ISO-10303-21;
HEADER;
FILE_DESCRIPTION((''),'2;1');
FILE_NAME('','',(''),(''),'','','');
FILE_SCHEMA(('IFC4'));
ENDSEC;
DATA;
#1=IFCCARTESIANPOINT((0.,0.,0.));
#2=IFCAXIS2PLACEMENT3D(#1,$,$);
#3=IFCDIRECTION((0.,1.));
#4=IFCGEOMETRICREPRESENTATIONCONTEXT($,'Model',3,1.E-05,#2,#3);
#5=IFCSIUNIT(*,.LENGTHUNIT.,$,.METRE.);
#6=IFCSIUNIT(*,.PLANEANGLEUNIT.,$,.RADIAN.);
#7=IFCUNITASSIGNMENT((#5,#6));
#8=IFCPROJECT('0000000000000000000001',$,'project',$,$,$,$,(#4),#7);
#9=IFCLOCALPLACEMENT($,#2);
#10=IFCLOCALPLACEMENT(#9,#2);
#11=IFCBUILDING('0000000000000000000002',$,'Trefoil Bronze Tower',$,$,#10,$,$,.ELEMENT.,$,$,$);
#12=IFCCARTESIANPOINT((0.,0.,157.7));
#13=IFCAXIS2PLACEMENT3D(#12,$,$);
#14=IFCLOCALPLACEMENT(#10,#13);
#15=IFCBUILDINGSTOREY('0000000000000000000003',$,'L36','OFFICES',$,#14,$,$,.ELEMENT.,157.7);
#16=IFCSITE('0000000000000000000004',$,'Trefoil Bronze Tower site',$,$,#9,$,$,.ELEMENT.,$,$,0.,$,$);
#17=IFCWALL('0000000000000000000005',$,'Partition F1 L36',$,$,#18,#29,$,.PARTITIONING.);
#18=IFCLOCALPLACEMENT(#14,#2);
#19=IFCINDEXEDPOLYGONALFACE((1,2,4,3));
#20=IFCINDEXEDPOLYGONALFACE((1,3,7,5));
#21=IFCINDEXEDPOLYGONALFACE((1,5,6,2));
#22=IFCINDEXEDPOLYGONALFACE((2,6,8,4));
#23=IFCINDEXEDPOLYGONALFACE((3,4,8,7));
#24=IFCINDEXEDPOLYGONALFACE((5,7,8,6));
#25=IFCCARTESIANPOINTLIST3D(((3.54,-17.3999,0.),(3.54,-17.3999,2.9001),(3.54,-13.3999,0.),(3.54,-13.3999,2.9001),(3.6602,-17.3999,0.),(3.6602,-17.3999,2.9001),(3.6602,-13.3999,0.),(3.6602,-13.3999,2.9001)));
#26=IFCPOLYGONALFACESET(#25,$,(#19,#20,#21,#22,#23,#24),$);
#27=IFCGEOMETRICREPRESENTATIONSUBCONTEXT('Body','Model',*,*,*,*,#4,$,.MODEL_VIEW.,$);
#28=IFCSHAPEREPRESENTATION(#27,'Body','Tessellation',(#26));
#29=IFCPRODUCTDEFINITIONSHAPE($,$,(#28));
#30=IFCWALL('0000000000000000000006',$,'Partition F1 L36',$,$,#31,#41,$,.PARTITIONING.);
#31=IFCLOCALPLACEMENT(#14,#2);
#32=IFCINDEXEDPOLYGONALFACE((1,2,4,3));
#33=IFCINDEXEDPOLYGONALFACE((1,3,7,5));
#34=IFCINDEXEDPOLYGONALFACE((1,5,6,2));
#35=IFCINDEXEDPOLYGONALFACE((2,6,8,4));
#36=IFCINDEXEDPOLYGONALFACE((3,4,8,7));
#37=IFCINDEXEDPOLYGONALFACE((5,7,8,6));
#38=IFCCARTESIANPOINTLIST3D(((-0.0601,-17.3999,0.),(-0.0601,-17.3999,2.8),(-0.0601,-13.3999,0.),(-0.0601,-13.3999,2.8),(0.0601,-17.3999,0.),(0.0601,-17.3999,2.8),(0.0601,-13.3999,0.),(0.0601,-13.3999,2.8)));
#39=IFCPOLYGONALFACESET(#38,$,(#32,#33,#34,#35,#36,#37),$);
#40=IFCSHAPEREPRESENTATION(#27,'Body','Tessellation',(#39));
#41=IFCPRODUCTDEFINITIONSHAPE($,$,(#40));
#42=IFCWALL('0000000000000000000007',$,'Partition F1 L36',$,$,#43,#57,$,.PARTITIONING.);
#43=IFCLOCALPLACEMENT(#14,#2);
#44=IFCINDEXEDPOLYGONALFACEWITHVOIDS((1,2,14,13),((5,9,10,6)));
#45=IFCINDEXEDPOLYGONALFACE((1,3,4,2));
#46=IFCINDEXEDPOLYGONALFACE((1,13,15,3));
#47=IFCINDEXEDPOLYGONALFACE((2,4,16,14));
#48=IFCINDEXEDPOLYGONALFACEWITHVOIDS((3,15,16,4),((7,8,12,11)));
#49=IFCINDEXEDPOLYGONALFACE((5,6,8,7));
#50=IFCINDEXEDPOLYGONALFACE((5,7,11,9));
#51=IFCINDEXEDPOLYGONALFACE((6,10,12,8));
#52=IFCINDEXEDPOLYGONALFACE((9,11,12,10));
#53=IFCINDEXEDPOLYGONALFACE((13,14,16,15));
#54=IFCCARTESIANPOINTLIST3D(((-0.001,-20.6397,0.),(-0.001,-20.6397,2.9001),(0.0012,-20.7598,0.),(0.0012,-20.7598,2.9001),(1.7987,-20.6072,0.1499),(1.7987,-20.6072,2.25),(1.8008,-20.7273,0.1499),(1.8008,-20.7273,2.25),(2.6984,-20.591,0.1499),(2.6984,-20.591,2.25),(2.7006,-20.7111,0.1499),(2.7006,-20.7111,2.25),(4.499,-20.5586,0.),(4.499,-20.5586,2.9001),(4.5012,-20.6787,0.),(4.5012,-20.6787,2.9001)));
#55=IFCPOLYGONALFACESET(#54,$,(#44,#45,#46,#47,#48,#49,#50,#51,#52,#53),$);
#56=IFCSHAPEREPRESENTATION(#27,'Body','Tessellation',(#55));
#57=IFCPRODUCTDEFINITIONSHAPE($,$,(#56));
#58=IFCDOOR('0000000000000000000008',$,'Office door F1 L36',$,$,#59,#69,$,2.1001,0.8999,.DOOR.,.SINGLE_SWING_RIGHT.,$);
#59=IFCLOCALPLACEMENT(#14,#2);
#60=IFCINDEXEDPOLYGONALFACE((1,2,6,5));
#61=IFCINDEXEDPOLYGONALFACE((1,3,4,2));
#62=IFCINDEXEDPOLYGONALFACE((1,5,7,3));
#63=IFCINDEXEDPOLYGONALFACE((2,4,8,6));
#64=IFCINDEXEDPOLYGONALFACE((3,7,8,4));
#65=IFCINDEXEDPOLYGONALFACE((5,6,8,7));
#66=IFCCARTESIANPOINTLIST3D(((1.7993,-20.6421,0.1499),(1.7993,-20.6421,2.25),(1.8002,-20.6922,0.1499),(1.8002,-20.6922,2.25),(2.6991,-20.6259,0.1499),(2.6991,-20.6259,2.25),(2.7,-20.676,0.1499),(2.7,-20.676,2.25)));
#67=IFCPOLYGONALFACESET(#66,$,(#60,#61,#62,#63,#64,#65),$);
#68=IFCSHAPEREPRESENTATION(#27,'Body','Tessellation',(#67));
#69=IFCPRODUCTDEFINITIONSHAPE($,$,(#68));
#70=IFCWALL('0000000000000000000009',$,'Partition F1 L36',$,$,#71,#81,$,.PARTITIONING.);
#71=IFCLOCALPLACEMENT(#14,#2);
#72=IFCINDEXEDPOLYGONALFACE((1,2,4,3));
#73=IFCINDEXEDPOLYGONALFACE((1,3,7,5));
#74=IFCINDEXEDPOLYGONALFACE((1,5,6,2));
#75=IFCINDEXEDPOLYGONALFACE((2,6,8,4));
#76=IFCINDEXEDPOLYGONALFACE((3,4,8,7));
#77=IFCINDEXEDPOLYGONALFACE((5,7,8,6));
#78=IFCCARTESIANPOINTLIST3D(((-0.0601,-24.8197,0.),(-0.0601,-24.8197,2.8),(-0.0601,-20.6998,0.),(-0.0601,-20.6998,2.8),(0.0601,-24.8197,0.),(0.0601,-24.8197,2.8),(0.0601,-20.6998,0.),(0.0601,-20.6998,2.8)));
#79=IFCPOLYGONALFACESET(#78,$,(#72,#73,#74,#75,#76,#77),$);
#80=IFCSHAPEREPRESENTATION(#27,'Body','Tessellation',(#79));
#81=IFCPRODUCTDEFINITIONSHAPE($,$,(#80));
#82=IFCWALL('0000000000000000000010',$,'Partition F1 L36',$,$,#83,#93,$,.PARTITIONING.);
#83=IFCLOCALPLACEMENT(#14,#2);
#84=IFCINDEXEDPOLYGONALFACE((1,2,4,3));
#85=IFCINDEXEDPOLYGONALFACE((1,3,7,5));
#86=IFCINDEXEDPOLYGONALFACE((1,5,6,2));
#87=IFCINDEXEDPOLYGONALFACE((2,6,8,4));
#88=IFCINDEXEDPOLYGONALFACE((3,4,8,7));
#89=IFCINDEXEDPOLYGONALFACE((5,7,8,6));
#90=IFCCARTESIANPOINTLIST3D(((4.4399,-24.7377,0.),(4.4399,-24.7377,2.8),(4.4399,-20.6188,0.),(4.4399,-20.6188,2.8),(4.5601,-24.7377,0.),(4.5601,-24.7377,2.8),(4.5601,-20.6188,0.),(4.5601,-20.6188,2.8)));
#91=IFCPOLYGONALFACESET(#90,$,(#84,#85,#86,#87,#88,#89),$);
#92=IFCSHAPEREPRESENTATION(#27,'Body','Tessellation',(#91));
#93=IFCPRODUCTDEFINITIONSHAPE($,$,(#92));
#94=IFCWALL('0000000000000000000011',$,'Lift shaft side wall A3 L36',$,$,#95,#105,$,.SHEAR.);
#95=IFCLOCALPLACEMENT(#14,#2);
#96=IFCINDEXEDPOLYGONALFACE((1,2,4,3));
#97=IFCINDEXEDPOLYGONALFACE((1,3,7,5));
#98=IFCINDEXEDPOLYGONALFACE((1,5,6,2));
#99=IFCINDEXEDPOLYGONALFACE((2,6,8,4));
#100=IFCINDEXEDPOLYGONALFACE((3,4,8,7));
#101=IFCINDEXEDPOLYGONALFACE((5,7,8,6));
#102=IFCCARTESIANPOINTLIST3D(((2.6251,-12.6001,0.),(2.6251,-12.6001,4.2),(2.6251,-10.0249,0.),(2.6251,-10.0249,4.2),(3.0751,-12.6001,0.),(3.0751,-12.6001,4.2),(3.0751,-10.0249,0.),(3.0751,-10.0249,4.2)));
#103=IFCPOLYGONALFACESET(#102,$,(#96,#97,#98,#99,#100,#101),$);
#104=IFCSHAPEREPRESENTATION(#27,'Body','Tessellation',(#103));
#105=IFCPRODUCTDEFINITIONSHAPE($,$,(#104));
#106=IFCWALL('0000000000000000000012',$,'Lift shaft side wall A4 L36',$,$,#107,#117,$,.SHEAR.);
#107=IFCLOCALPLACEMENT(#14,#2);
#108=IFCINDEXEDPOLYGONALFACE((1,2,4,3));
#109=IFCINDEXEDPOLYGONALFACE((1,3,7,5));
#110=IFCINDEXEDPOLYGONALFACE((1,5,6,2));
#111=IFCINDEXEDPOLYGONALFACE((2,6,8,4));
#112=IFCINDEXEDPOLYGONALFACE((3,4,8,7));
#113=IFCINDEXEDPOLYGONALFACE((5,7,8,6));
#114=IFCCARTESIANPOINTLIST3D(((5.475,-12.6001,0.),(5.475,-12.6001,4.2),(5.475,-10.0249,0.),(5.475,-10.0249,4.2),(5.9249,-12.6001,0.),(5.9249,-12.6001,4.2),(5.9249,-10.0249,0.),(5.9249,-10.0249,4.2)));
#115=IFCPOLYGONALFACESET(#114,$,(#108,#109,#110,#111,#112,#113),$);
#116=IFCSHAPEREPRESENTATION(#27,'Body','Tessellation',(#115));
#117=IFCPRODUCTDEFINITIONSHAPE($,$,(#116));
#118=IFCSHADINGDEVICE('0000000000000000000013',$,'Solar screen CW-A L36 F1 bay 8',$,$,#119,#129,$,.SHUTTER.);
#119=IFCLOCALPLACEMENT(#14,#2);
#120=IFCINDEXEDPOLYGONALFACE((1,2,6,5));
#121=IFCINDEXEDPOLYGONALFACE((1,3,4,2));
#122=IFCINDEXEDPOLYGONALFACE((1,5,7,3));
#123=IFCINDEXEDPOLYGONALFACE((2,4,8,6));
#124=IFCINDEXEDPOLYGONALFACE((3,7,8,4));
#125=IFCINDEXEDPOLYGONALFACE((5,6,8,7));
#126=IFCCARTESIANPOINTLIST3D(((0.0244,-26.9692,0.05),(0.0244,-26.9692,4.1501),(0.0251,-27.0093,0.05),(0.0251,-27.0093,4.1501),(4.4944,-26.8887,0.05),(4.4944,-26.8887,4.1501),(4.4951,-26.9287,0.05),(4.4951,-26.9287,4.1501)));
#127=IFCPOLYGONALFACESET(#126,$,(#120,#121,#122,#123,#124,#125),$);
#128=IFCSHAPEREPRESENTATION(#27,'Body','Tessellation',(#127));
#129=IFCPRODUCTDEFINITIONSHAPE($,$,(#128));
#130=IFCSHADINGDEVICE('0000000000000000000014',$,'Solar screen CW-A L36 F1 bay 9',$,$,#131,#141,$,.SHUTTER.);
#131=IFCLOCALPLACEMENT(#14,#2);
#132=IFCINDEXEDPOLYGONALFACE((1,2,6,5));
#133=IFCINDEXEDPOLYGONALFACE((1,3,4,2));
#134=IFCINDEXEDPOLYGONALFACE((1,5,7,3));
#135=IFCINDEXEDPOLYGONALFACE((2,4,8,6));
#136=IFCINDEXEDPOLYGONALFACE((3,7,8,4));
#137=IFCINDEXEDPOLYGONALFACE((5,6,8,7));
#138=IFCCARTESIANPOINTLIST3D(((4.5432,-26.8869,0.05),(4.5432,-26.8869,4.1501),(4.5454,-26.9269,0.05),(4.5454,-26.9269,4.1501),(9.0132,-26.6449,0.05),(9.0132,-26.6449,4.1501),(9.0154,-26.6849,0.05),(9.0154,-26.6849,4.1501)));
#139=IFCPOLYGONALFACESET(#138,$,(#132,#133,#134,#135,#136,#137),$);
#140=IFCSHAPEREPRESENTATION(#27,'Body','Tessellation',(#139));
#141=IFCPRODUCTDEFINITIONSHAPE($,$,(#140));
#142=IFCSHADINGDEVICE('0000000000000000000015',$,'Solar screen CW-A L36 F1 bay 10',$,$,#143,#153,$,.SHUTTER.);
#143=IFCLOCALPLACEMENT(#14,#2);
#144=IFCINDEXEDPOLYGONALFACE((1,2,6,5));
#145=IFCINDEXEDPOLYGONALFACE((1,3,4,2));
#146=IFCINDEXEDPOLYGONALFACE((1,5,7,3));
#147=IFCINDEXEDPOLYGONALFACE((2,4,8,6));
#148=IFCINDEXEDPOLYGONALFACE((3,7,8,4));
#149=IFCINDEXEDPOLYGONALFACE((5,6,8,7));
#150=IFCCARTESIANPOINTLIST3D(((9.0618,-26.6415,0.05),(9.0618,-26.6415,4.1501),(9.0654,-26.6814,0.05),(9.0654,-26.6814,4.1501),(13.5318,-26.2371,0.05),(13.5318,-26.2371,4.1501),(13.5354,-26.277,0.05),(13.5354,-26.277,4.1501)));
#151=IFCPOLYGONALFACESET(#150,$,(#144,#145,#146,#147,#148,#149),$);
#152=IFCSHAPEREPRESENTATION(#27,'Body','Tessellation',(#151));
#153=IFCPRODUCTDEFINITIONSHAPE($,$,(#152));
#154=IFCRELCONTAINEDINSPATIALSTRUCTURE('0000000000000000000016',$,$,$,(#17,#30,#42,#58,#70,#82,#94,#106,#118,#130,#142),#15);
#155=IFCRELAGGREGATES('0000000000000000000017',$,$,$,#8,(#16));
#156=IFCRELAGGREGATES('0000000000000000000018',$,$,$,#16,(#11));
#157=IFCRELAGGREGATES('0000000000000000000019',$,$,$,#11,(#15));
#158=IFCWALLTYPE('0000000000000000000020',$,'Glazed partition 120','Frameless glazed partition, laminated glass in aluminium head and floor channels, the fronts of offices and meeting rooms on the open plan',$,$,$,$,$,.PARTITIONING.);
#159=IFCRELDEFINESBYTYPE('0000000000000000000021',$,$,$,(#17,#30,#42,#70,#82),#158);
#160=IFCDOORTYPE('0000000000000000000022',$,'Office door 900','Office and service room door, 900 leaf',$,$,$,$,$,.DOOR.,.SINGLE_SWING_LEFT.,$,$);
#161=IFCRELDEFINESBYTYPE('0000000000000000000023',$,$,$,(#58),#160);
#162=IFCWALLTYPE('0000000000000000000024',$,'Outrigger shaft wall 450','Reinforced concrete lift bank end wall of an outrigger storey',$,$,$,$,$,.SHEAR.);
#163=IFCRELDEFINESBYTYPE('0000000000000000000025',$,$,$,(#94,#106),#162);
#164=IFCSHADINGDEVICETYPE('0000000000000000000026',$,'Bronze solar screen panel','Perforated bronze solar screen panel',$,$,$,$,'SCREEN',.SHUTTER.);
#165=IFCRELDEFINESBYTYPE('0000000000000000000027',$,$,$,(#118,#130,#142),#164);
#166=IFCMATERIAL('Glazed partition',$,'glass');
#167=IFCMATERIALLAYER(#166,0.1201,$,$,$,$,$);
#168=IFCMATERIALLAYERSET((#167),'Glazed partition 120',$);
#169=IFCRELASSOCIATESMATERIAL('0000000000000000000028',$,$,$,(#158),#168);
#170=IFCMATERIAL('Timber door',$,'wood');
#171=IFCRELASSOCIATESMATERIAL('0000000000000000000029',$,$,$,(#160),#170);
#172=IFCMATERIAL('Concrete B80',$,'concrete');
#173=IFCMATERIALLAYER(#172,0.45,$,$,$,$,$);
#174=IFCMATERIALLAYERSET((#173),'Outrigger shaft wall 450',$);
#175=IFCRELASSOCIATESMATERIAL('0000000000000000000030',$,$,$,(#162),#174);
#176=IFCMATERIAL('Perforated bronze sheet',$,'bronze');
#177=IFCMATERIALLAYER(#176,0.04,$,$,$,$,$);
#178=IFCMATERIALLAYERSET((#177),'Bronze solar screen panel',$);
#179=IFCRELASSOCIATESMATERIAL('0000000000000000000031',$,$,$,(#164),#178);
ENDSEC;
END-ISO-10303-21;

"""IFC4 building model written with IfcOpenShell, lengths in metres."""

from ifc_helpers import new_model, si_unit, direction, frame, frame_2d, origin, origin_2d, place, context, subcontext, project, spatial, rectangle, extrude, material, layer, layer_set, type_object, element, fill, save


model = new_model("IFC4")

# Units and contexts
model_context = context("Model", 3, precision=1e-05, world=origin(), true_north=direction((0.0, 1.0)))
body_context = subcontext(model_context, "Body", "Model", "MODEL_VIEW")
ifc_project = project(units=[si_unit("LENGTHUNIT", "METRE"), si_unit("PLANEANGLEUNIT", "RADIAN")], contexts=[model_context])

# Site, building, storey
site_placement = place(None, origin())
site = spatial("IfcSite", under=ifc_project, at=site_placement, Name="Trefoil Bronze Tower site", CompositionType="ELEMENT", RefElevation=0.0)
building_placement = place(site_placement, origin())
building = spatial("IfcBuilding", under=site, at=building_placement, Name="Trefoil Bronze Tower", CompositionType="ELEMENT")
storey_placement = place(building_placement, frame((0.0, 0.0, 157.7)))
storey = spatial("IfcBuildingStorey", under=building, at=storey_placement, Name="L36", Description="OFFICES", CompositionType="ELEMENT", Elevation=157.7)

# Walls
ifc_material_1 = material(Name="Glazed partition", Category="glass")
ifc_layer_1 = layer(ifc_material_1, 0.1201)
ifc_layer_set_1 = layer_set([ifc_layer_1], Name="Glazed partition 120")
wall_type_1 = type_object("IfcWallType", Name="Glazed partition 120", Description="Frameless glazed partition, laminated glass in aluminium head and floor channels, the fronts of offices and meeting rooms on the open plan", PredefinedType="PARTITIONING", material=ifc_layer_set_1)
wall_1_placement = place(storey_placement, frame((3.6001, -13.3999, 0.0), z_axis=(0.0, 0.0, 1.0), x_axis=(0.0, -1.0, 0.0)))
element("IfcWall", 1, at=wall_1_placement, inside=storey, type_object=wall_type_1, Name="Partition F1 L36", PredefinedType="PARTITIONING", context=body_context, shape_type="SweptSolid", body=[
    extrude(rectangle(XDim=4.0, YDim=0.1201, at=frame_2d((2.0, 0.0))), origin(), (0.0, 0.0, 1.0), 2.9001),
])
wall_2_placement = place(storey_placement, frame((0.0, -13.3999, 0.0), z_axis=(0.0, 0.0, 1.0), x_axis=(0.0, -1.0, 0.0)))
element("IfcWall", 2, at=wall_2_placement, inside=storey, type_object=wall_type_1, Name="Partition F1 L36", PredefinedType="PARTITIONING", context=body_context, shape_type="SweptSolid", body=[
    extrude(rectangle(XDim=4.0, YDim=0.1201, at=frame_2d((2.0, 0.0))), origin(), (0.0, 0.0, 1.0), 2.8),
])

# Wall, opening, door
wall_3_placement = place(storey_placement, frame((0.0, -20.6997, 0.0), z_axis=(0.0, 0.0, 1.0), x_axis=(0.999838, 0.018009, 0.0)))
wall_3 = element("IfcWall", 3, at=wall_3_placement, inside=storey, type_object=wall_type_1, Name="Partition F1 L36", PredefinedType="PARTITIONING", context=body_context, shape_type="SweptSolid", body=[
    extrude(rectangle(XDim=4.5007, YDim=0.1201, at=frame_2d((2.2505, 0.0))), origin(), (0.0, 0.0, 1.0), 2.9001),
])
opening_placement = place(wall_3_placement, frame((1.8, 0.0, 0.1499)))
opening = element("IfcOpeningElement", 4, at=opening_placement, cuts=wall_3, PredefinedType="OPENING", context=body_context, shape_type="SweptSolid", body=[
    extrude(rectangle(XDim=0.8999, YDim=2.1001, at=frame_2d((0.45, 1.05))), frame((0.0, 0.0701, 0.0), z_axis=(0.0, -1.0, 0.0), x_axis=(1.0, 0.0, 0.0)), (0.0, 0.0, 1.0), 0.1401),
])
ifc_material_2 = material(Name="Timber door", Category="wood")
door_type = type_object("IfcDoorType", Name="Office door 900", Description="Office and service room door, 900 leaf", OperationType="SINGLE_SWING_LEFT", PredefinedType="DOOR", material=ifc_material_2)
door_placement = place(opening_placement, frame((0.8999, 0.0, 0.0), z_axis=(0.0, 0.0, 1.0), x_axis=(-1.0, 0.0, 0.0)))
door = element("IfcDoor", 5, at=door_placement, inside=storey, type_object=door_type, Name="Office door F1 L36", OperationType="SINGLE_SWING_RIGHT", OverallHeight=2.1001, OverallWidth=0.8999, PredefinedType="DOOR", context=body_context, shape_type="SweptSolid", body=[
    extrude(rectangle(XDim=0.8999, YDim=2.1001, at=frame_2d((0.45, 1.05))), frame((0.0, 0.0249, 0.0), z_axis=(0.0, -1.0, 0.0), x_axis=(1.0, 0.0, 0.0)), (0.0, 0.0, 1.0), 0.05),
])
fill(opening, door)

# Walls
wall_4_placement = place(storey_placement, frame((0.0, -20.6997, 0.0), z_axis=(0.0, 0.0, 1.0), x_axis=(0.0, -1.0, 0.0)))
element("IfcWall", 6, at=wall_4_placement, inside=storey, type_object=wall_type_1, Name="Partition F1 L36", PredefinedType="PARTITIONING", context=body_context, shape_type="SweptSolid", body=[
    extrude(rectangle(XDim=4.1199, YDim=0.1201, at=frame_2d((2.0601, 0.0))), origin(), (0.0, 0.0, 1.0), 2.8),
])
wall_5_placement = place(storey_placement, frame((4.5, -20.6187, 0.0), z_axis=(0.0, 0.0, 1.0), x_axis=(0.0, -1.0, 0.0)))
element("IfcWall", 7, at=wall_5_placement, inside=storey, type_object=wall_type_1, Name="Partition F1 L36", PredefinedType="PARTITIONING", context=body_context, shape_type="SweptSolid", body=[
    extrude(rectangle(XDim=4.1189, YDim=0.1201, at=frame_2d((2.0596, 0.0))), origin(), (0.0, 0.0, 1.0), 2.8),
])
ifc_material_3 = material(Name="Concrete B80", Category="concrete")
ifc_layer_2 = layer(ifc_material_3, 0.45)
ifc_layer_set_2 = layer_set([ifc_layer_2], Name="Outrigger shaft wall 450")
wall_type_2 = type_object("IfcWallType", Name="Outrigger shaft wall 450", Description="Reinforced concrete lift bank end wall of an outrigger storey", PredefinedType="SHEAR", material=ifc_layer_set_2)
for number, where, z_axis, x_axis, name in (
    (8, (2.8501, -10.0249, 0.0), (0.0, 0.0, 1.0), (0.0, -1.0, 0.0), "Lift shaft side wall A3 L36"),
    (9, (5.7, -10.0249, 0.0), (0.0, 0.0, 1.0), (0.0, -1.0, 0.0), "Lift shaft side wall A4 L36"),
):
    element("IfcWall", number, at=place(storey_placement, frame(where, z_axis=z_axis, x_axis=x_axis)), inside=storey, type_object=wall_type_2, Name=name, PredefinedType="SHEAR", context=body_context, shape_type="SweptSolid", body=[
        extrude(rectangle(XDim=2.5752, YDim=0.45, at=frame_2d((1.2876, 0.0))), origin(), (0.0, 0.0, 1.0), 4.2),
    ])

# Shading devices
ifc_material_4 = material(Name="Perforated bronze sheet", Category="bronze")
ifc_layer_3 = layer(ifc_material_4, 0.04)
ifc_layer_set_3 = layer_set([ifc_layer_3], Name="Bronze solar screen panel")
shading_device_type = type_object("IfcShadingDeviceType", Name="Bronze solar screen panel", Description="Perforated bronze solar screen panel", ElementType="SCREEN", PredefinedType="SHUTTER", material=ifc_layer_set_3)
shading_device_1_placement = place(storey_placement, frame((2.2598, -26.949, 0.05), z_axis=(0.0, 0.0, 1.0), x_axis=(0.999838, 0.018021, 0.0)))
element("IfcShadingDevice", 10, at=shading_device_1_placement, inside=storey, type_object=shading_device_type, Name="Solar screen CW-A L36 F1 bay 8", PredefinedType="SHUTTER", context=body_context, shape_type="SweptSolid", body=[
    extrude(rectangle(XDim=4.4707, YDim=0.04, at=origin_2d()), origin(), (0.0, 0.0, 1.0), 4.1001),
])
shading_device_2_placement = place(storey_placement, frame((6.7793, -26.7859, 0.05), z_axis=(0.0, 0.0, 1.0), x_axis=(0.998538, 0.054063, 0.0)))
element("IfcShadingDevice", 11, at=shading_device_2_placement, inside=storey, type_object=shading_device_type, Name="Solar screen CW-A L36 F1 bay 9", PredefinedType="SHUTTER", context=body_context, shape_type="SweptSolid", body=[
    extrude(rectangle(XDim=4.4766, YDim=0.04, at=origin_2d()), origin(), (0.0, 0.0, 1.0), 4.1001),
])
shading_device_3_placement = place(storey_placement, frame((11.2986, -26.4592, 0.05), z_axis=(0.0, 0.0, 1.0), x_axis=(0.995932, 0.090105, 0.0)))
element("IfcShadingDevice", 12, at=shading_device_3_placement, inside=storey, type_object=shading_device_type, Name="Solar screen CW-A L36 F1 bay 10", PredefinedType="SHUTTER", context=body_context, shape_type="SweptSolid", body=[
    extrude(rectangle(XDim=4.4883, YDim=0.04, at=origin_2d()), origin(), (0.0, 0.0, 1.0), 4.1001),
])

save(model, "model.ifc")
